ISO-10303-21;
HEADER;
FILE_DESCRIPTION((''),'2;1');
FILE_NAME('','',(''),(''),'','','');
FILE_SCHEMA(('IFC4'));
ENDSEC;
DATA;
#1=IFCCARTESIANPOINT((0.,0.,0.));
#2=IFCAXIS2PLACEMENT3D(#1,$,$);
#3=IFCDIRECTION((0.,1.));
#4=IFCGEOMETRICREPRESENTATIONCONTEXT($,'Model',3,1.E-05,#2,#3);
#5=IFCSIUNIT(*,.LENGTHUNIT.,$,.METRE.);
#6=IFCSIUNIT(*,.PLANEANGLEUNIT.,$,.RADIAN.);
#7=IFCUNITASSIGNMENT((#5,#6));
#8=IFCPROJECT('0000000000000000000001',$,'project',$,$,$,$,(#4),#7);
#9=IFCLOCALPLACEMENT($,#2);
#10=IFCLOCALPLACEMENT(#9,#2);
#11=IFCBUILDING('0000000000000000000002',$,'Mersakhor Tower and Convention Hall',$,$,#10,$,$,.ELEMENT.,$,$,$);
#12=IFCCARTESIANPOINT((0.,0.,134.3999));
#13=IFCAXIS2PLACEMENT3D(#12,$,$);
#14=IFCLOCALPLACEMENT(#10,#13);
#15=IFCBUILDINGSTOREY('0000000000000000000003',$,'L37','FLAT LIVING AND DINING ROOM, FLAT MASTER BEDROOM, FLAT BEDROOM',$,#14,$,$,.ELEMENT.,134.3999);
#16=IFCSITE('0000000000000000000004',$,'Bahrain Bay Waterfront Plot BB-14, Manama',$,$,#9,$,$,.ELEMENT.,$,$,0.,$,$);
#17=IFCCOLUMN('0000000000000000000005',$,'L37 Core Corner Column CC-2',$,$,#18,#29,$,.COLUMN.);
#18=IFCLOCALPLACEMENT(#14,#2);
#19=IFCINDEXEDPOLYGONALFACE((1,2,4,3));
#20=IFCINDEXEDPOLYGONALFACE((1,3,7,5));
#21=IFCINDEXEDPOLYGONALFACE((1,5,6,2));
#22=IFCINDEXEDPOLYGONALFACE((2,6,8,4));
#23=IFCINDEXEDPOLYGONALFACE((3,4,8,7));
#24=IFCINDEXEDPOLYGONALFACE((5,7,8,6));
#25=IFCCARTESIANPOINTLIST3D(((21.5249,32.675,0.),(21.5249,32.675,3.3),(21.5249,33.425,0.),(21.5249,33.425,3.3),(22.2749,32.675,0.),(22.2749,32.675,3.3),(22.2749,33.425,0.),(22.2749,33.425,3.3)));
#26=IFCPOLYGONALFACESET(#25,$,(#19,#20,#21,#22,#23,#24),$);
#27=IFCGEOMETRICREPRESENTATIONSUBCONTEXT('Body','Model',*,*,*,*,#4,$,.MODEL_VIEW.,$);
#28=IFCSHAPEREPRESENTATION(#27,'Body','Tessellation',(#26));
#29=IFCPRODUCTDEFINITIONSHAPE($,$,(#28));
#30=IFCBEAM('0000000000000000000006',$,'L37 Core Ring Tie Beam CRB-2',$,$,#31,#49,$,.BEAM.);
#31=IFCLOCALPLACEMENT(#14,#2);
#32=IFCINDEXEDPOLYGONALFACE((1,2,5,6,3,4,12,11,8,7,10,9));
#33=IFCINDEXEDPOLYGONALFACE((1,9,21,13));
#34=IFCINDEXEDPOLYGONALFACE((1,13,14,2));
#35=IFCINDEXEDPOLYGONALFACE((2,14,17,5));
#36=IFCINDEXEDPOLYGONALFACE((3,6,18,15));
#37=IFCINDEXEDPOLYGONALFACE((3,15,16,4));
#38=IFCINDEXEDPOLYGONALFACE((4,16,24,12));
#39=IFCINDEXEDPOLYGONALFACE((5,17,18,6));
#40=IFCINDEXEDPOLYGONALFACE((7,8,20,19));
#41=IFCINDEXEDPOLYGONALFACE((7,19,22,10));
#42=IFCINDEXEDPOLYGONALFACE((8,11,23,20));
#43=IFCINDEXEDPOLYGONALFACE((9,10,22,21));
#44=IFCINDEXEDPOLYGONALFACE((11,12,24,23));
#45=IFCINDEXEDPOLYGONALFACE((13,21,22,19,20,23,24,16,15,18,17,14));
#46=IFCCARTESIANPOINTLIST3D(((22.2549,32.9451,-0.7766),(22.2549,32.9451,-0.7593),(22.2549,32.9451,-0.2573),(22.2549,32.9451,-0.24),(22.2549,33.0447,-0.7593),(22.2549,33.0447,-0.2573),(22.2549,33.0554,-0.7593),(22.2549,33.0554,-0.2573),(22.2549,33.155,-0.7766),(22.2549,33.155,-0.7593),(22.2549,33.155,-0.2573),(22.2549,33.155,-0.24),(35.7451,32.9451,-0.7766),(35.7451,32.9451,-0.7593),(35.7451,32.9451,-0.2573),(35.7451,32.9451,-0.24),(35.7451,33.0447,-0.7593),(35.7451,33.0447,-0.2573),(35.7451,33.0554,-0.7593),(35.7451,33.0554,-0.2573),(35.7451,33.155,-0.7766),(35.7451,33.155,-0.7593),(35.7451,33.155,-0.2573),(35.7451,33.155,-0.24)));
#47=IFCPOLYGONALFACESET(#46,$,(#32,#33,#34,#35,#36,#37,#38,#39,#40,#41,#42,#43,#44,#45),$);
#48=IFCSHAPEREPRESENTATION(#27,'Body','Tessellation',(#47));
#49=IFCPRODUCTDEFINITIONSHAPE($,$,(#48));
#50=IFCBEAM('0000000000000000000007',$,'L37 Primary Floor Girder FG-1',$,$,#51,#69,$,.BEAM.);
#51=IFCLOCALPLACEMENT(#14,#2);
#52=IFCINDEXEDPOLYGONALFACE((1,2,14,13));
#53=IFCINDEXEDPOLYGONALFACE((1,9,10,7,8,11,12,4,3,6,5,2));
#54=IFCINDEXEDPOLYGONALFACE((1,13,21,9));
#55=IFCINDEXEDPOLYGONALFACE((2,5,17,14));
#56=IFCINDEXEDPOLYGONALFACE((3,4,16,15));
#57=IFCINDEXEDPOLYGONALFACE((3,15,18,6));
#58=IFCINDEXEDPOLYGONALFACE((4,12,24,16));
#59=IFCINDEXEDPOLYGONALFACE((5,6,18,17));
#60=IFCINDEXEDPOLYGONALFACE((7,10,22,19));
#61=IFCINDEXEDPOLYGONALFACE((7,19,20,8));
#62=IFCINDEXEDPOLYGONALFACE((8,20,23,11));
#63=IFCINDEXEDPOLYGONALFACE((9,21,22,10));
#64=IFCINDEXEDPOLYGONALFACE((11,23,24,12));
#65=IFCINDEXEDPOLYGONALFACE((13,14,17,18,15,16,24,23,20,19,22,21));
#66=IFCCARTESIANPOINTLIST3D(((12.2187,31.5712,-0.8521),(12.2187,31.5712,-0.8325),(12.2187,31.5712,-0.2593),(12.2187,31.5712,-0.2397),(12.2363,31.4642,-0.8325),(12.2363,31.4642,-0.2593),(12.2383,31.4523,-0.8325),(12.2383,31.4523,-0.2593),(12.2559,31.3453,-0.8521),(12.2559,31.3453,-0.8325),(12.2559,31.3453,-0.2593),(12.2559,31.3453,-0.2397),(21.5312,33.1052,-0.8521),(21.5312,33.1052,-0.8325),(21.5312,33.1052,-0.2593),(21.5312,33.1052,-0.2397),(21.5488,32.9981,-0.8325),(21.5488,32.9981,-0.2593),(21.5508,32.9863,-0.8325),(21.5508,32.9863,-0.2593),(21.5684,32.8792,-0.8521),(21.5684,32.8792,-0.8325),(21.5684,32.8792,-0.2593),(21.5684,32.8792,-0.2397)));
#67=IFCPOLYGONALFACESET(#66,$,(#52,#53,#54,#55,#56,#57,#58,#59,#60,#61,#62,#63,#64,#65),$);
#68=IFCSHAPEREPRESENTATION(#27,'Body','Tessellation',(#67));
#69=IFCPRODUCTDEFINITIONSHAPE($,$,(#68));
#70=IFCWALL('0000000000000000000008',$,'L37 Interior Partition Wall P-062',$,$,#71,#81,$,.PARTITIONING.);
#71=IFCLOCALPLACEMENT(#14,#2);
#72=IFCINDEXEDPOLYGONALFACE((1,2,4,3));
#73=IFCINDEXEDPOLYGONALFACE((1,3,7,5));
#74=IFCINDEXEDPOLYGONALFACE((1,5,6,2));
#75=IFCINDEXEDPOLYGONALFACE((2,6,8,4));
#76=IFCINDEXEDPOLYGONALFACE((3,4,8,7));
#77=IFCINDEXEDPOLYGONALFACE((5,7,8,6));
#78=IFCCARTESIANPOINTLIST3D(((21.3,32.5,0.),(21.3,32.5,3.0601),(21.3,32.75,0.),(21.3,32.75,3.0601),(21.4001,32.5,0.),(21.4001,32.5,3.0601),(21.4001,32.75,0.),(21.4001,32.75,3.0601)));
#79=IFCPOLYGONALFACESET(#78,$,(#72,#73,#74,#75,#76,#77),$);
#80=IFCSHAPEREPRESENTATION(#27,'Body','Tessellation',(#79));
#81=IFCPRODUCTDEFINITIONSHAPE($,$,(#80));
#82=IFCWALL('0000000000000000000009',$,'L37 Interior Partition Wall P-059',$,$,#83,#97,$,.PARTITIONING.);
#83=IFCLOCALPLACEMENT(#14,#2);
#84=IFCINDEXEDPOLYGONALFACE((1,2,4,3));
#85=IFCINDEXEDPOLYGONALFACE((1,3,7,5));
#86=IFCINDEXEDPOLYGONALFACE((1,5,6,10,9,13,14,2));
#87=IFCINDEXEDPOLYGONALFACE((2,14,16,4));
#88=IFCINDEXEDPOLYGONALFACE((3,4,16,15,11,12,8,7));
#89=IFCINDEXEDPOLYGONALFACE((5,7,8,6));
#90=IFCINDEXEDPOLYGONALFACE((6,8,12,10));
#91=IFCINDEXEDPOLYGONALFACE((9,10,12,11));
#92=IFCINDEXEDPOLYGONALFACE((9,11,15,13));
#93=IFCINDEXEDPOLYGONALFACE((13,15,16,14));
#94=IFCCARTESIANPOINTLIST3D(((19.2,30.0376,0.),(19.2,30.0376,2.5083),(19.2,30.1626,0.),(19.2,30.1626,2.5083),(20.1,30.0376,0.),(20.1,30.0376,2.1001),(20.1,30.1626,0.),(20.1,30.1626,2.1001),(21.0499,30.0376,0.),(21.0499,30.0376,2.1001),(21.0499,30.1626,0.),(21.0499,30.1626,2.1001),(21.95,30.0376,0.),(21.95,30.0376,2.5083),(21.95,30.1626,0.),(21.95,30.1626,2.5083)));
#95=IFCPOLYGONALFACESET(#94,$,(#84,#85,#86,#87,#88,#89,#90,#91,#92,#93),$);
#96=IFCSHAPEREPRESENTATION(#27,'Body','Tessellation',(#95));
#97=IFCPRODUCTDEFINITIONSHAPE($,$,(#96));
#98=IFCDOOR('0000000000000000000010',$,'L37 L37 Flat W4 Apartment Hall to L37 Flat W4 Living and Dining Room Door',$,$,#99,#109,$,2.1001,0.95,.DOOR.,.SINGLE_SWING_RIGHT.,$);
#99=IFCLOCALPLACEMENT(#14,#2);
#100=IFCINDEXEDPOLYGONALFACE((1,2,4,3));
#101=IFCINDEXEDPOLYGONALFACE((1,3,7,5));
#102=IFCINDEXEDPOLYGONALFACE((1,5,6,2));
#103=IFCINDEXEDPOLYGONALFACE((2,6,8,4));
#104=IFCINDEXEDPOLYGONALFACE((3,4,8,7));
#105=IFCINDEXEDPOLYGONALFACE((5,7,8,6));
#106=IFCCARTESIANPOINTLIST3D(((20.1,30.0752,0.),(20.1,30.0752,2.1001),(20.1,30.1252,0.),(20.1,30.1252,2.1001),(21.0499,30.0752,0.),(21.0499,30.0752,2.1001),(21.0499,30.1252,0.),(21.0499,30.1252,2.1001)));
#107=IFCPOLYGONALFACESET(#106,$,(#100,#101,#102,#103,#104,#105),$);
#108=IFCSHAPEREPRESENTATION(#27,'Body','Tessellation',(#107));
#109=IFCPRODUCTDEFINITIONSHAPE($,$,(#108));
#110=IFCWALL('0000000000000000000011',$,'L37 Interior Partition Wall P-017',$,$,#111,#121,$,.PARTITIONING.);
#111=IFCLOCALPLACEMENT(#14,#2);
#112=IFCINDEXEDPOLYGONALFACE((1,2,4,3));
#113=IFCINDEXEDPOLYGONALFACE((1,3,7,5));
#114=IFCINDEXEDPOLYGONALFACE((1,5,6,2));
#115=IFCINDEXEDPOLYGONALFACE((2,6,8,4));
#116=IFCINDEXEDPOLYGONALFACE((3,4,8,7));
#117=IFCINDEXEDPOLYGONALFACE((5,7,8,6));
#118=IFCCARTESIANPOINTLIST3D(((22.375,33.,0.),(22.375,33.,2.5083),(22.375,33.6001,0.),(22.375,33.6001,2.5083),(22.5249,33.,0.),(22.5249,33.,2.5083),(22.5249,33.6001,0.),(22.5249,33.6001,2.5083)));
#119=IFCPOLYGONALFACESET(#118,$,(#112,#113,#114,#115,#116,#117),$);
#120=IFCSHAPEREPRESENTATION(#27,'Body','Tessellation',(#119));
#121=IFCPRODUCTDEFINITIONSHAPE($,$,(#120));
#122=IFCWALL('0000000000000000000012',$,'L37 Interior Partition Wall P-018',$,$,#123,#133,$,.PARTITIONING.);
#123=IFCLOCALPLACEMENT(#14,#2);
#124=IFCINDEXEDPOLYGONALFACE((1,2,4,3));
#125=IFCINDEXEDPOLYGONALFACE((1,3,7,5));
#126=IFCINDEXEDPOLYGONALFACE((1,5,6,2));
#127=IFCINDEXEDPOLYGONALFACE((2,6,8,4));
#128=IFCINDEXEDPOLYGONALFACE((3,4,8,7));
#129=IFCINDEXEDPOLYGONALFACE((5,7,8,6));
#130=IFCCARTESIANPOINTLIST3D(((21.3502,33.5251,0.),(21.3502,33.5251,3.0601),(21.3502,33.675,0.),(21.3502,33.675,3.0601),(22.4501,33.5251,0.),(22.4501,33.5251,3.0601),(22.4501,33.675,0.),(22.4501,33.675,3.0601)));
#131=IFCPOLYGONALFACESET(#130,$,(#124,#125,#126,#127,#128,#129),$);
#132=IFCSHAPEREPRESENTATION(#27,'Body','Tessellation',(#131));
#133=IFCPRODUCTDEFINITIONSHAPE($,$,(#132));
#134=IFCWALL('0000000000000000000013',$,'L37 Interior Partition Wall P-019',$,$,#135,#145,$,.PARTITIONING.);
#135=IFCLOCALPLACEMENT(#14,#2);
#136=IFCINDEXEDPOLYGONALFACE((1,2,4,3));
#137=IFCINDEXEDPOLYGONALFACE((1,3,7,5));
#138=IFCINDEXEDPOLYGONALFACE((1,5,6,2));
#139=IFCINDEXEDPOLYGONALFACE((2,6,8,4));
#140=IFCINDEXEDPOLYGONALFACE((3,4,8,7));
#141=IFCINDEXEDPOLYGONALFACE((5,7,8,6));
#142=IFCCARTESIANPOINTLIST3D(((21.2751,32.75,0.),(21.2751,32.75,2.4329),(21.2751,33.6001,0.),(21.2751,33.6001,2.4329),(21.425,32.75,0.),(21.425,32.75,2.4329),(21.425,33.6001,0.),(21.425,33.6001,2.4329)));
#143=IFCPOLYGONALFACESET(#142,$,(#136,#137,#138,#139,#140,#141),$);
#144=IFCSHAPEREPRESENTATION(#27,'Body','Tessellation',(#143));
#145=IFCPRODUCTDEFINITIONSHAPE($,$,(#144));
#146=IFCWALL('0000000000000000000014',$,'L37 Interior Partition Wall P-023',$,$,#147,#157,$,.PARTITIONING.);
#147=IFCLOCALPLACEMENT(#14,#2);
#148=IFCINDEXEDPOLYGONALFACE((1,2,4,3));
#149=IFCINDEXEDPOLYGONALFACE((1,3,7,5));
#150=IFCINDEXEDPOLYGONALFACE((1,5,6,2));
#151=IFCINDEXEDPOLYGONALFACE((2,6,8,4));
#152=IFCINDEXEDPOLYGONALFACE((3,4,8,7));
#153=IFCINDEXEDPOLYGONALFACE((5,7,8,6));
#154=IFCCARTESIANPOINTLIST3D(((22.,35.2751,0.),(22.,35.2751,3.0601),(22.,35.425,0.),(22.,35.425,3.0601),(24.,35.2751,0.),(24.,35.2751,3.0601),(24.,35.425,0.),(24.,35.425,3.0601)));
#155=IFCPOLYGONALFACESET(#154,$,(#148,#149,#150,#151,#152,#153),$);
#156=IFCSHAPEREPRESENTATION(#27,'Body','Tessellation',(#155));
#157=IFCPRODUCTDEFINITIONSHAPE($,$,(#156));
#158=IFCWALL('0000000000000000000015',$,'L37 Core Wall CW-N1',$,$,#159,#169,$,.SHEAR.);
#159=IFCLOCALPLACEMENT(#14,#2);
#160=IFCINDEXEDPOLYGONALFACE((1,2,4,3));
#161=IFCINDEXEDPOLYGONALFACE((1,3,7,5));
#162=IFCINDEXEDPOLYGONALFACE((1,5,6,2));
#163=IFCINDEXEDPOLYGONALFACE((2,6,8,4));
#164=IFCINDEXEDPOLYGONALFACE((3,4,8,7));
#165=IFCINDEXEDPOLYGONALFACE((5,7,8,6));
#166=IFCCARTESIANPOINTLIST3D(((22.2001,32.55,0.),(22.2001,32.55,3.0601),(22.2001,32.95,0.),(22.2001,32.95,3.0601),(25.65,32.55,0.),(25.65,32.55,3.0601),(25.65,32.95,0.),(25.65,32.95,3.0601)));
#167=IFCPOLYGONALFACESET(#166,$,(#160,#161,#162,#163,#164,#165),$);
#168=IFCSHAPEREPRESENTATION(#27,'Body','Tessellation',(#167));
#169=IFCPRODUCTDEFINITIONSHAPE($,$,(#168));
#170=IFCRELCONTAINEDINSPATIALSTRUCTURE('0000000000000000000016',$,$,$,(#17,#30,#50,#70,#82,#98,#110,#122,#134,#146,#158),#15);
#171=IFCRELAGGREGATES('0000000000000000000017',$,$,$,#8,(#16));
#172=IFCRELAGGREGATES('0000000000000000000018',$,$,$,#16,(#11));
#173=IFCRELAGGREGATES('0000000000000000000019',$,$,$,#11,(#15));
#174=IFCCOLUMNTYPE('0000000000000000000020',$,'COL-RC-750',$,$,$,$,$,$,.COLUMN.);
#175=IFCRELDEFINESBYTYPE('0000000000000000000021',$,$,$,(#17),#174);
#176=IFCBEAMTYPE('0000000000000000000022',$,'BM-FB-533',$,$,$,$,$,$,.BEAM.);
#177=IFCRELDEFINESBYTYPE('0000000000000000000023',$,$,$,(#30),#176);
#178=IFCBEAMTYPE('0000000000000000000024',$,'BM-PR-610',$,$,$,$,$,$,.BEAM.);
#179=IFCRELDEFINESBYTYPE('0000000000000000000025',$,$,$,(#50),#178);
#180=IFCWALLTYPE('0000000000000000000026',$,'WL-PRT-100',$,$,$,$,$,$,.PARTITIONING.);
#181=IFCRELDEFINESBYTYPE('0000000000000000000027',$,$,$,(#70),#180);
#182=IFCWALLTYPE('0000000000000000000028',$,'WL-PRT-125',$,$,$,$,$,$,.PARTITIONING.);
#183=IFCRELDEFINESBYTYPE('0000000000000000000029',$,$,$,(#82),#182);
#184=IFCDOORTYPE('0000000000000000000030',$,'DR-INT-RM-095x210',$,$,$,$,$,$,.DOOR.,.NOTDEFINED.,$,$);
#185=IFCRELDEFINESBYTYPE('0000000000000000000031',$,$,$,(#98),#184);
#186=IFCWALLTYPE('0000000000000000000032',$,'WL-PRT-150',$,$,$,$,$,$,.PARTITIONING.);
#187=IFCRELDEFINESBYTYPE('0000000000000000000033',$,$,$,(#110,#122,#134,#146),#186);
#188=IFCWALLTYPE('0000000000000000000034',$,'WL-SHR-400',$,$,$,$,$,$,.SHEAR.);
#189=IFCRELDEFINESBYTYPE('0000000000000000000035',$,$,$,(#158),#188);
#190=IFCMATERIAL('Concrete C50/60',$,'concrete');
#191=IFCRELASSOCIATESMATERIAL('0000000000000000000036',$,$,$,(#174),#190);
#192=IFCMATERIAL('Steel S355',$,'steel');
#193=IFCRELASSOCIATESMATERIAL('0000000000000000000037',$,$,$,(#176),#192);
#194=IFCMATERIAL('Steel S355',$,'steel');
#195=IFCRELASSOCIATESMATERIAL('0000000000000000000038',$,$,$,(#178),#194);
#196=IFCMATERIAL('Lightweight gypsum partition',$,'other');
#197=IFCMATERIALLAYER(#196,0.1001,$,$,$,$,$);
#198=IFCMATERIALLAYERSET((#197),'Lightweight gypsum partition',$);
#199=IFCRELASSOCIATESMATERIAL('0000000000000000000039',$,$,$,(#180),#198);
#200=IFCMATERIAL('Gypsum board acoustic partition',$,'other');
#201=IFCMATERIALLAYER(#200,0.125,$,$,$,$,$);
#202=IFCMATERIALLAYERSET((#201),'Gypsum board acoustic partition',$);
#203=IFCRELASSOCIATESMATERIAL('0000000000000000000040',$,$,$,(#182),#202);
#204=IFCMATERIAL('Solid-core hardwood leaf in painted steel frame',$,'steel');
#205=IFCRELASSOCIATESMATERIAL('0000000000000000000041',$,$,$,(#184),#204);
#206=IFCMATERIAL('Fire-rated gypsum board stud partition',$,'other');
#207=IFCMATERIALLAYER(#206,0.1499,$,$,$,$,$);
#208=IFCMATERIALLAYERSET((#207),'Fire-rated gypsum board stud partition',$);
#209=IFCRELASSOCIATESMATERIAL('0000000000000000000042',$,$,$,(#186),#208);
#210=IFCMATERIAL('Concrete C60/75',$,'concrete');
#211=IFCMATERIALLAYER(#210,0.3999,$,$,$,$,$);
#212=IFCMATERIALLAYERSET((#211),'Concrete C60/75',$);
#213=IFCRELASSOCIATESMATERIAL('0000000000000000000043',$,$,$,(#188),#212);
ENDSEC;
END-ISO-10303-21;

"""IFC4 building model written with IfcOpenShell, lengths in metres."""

from ifc_helpers import new_model, si_unit, direction, frame, frame_2d, origin, origin_2d, place, context, subcontext, project, spatial, rectangle, i_section, extrude, material, layer, layer_set, material_profile, profile_set, type_object, element, fill, save


model = new_model("IFC4")

# Units and contexts
model_context = context("Model", 3, precision=1e-05, world=origin(), true_north=direction((0.0, 1.0)))
body_context = subcontext(model_context, "Body", "Model", "MODEL_VIEW")
ifc_project = project(units=[si_unit("LENGTHUNIT", "METRE"), si_unit("PLANEANGLEUNIT", "RADIAN")], contexts=[model_context])

# Site, building, storey
site_placement = place(None, origin())
site = spatial("IfcSite", under=ifc_project, at=site_placement, Name="Bahrain Bay Waterfront Plot BB-14, Manama", CompositionType="ELEMENT", RefElevation=0.0)
building_placement = place(site_placement, origin())
building = spatial("IfcBuilding", under=site, at=building_placement, Name="Mersakhor Tower and Convention Hall", CompositionType="ELEMENT")
storey_placement = place(building_placement, frame((0.0, 0.0, 134.3999)))
storey = spatial("IfcBuildingStorey", under=building, at=storey_placement, Name="L37", Description="FLAT LIVING AND DINING ROOM, FLAT MASTER BEDROOM, FLAT BEDROOM", CompositionType="ELEMENT", Elevation=134.3999)

# Column
ifc_material_1 = material(Name="Concrete C50/60", Category="concrete")
ifc_material_profile_1 = material_profile(ifc_material_1, rectangle(XDim=0.75, YDim=0.75, at=origin_2d()), Name="RC 750x750")
ifc_profile_set_1 = profile_set([ifc_material_profile_1], Name="Concrete C50/60")
column_type = type_object("IfcColumnType", Name="COL-RC-750", PredefinedType="COLUMN", material=ifc_profile_set_1)
column_placement = place(storey_placement, frame((21.8999, 33.05, 0.0), z_axis=(0.0, 0.0, 1.0), x_axis=(1.0, 0.0, 0.0)))
element("IfcColumn", 1, at=column_placement, inside=storey, type_object=column_type, Name="L37 Core Corner Column CC-2", PredefinedType="COLUMN", context=body_context, shape_type="SweptSolid", body=[
    extrude(rectangle(XDim=0.75, YDim=0.75, at=origin_2d()), origin(), (0.0, 0.0, 1.0), 3.3),
])

# Beams
ifc_material_2 = material(Name="Steel S355", Category="steel")
ifc_material_profile_2 = material_profile(ifc_material_2, i_section(OverallWidth=0.21, OverallDepth=0.5366, WebThickness=0.0107, FlangeThickness=0.0173, at=origin_2d()), Name="UB 533x210x101")
ifc_profile_set_2 = profile_set([ifc_material_profile_2], Name="Steel S355")
beam_type_1 = type_object("IfcBeamType", Name="BM-FB-533", PredefinedType="BEAM", material=ifc_profile_set_2)
beam_1_placement = place(storey_placement, frame((22.2549, 33.05, -0.5083), z_axis=(1.0, 0.0, 0.0), x_axis=(0.0, 1.0, 0.0)))
element("IfcBeam", 2, at=beam_1_placement, inside=storey, type_object=beam_type_1, Name="L37 Core Ring Tie Beam CRB-2", PredefinedType="BEAM", context=body_context, shape_type="SweptSolid", body=[
    extrude(i_section(OverallWidth=0.21, OverallDepth=0.5366, WebThickness=0.0107, FlangeThickness=0.0173, at=origin_2d()), origin(), (0.0, 0.0, 1.0), 13.4902),
])
ifc_material_3 = material(Name="Steel S355", Category="steel")
ifc_material_profile_3 = material_profile(ifc_material_3, i_section(OverallWidth=0.229, OverallDepth=0.6123, WebThickness=0.012, FlangeThickness=0.0195, at=origin_2d()), Name="UB 610x229x125")
ifc_profile_set_3 = profile_set([ifc_material_profile_3], Name="Steel S355")
beam_type_2 = type_object("IfcBeamType", Name="BM-PR-610", PredefinedType="BEAM", material=ifc_profile_set_3)
beam_2_placement = place(storey_placement, frame((21.5498, 32.9922, -0.5459), z_axis=(-0.986704, -0.162528, 0.0), x_axis=(0.162528, -0.986704, 0.0)))
element("IfcBeam", 3, at=beam_2_placement, inside=storey, type_object=beam_type_2, Name="L37 Primary Floor Girder FG-1", PredefinedType="BEAM", context=body_context, shape_type="SweptSolid", body=[
    extrude(i_section(OverallWidth=0.229, OverallDepth=0.6123, WebThickness=0.012, FlangeThickness=0.0195, at=origin_2d()), origin(), (0.0, 0.0, 1.0), 9.438),
])

# Wall
ifc_material_4 = material(Name="Lightweight gypsum partition", Category="other")
ifc_layer_1 = layer(ifc_material_4, 0.1001)
ifc_layer_set_1 = layer_set([ifc_layer_1], Name="Lightweight gypsum partition")
wall_type_1 = type_object("IfcWallType", Name="WL-PRT-100", PredefinedType="PARTITIONING", material=ifc_layer_set_1)
wall_1_placement = place(storey_placement, frame((21.3501, 32.75, 0.0), z_axis=(0.0, 0.0, 1.0), x_axis=(0.0, -1.0, 0.0)))
element("IfcWall", 4, at=wall_1_placement, inside=storey, type_object=wall_type_1, Name="L37 Interior Partition Wall P-062", PredefinedType="PARTITIONING", context=body_context, shape_type="SweptSolid", body=[
    extrude(rectangle(XDim=0.25, YDim=0.1001, at=frame_2d((0.125, 0.0))), origin(), (0.0, 0.0, 1.0), 3.0601),
])

# Wall, opening, door
ifc_material_5 = material(Name="Gypsum board acoustic partition", Category="other")
ifc_layer_2 = layer(ifc_material_5, 0.125)
ifc_layer_set_2 = layer_set([ifc_layer_2], Name="Gypsum board acoustic partition")
wall_type_2 = type_object("IfcWallType", Name="WL-PRT-125", PredefinedType="PARTITIONING", material=ifc_layer_set_2)
wall_2_placement = place(storey_placement, frame((21.95, 30.1001, 0.0), z_axis=(0.0, 0.0, 1.0), x_axis=(-1.0, 0.0, 0.0)))
wall_2 = element("IfcWall", 5, at=wall_2_placement, inside=storey, type_object=wall_type_2, Name="L37 Interior Partition Wall P-059", PredefinedType="PARTITIONING", context=body_context, shape_type="SweptSolid", body=[
    extrude(rectangle(XDim=2.75, YDim=0.125, at=frame_2d((1.375, 0.0))), origin(), (0.0, 0.0, 1.0), 2.5083),
])
opening_1_placement = place(wall_2_placement, frame((0.8999, 0.0, 0.0)))
opening_1 = element("IfcOpeningElement", 6, at=opening_1_placement, cuts=wall_2, PredefinedType="OPENING", context=body_context, shape_type="SweptSolid", body=[
    extrude(rectangle(XDim=0.95, YDim=2.1001, at=frame_2d((0.4751, 1.05))), frame((0.0, 0.0725, 0.0), z_axis=(0.0, -1.0, 0.0), x_axis=(1.0, 0.0, 0.0)), (0.0, 0.0, 1.0), 0.145),
])
ifc_material_6 = material(Name="Solid-core hardwood leaf in painted steel frame", Category="steel")
door_type_1 = type_object("IfcDoorType", Name="DR-INT-RM-095x210", OperationType="NOTDEFINED", PredefinedType="DOOR", material=ifc_material_6)
door_1_placement = place(opening_1_placement, origin())
door_1 = element("IfcDoor", 7, at=door_1_placement, inside=storey, type_object=door_type_1, Name="L37 L37 Flat W4 Apartment Hall to L37 Flat W4 Living and Dining Room Door", OperationType="SINGLE_SWING_RIGHT", OverallHeight=2.1001, OverallWidth=0.95, PredefinedType="DOOR", context=body_context, shape_type="SweptSolid", body=[
    extrude(rectangle(XDim=0.95, YDim=2.1001, at=frame_2d((0.4751, 1.05))), frame((0.0, 0.0249, 0.0), z_axis=(0.0, -1.0, 0.0), x_axis=(1.0, 0.0, 0.0)), (0.0, 0.0, 1.0), 0.05),
])
fill(opening_1, door_1)

# Walls
ifc_material_7 = material(Name="Fire-rated gypsum board stud partition", Category="other")
ifc_layer_3 = layer(ifc_material_7, 0.1499)
ifc_layer_set_3 = layer_set([ifc_layer_3], Name="Fire-rated gypsum board stud partition")
wall_type_3 = type_object("IfcWallType", Name="WL-PRT-150", PredefinedType="PARTITIONING", material=ifc_layer_set_3)
wall_3_placement = place(storey_placement, frame((22.45, 33.0, 0.0), z_axis=(0.0, 0.0, 1.0), x_axis=(0.0, 1.0, 0.0)))
element("IfcWall", 8, at=wall_3_placement, inside=storey, type_object=wall_type_3, Name="L37 Interior Partition Wall P-017", PredefinedType="PARTITIONING", context=body_context, shape_type="SweptSolid", body=[
    extrude(rectangle(XDim=0.6001, YDim=0.1499, at=frame_2d((0.3, 0.0))), origin(), (0.0, 0.0, 1.0), 2.5083),
])
wall_4_placement = place(storey_placement, frame((22.45, 33.6001, 0.0), z_axis=(0.0, 0.0, 1.0), x_axis=(-1.0, 0.0, 0.0)))
element("IfcWall", 9, at=wall_4_placement, inside=storey, type_object=wall_type_3, Name="L37 Interior Partition Wall P-018", PredefinedType="PARTITIONING", context=body_context, shape_type="SweptSolid", body=[
    extrude(rectangle(XDim=1.0999, YDim=0.1499, at=frame_2d((0.5498, 0.0))), origin(), (0.0, 0.0, 1.0), 3.0601),
])
wall_5_placement = place(storey_placement, frame((21.3501, 33.6001, 0.0), z_axis=(0.0, 0.0, 1.0), x_axis=(0.0, -1.0, 0.0)))
element("IfcWall", 10, at=wall_5_placement, inside=storey, type_object=wall_type_3, Name="L37 Interior Partition Wall P-019", PredefinedType="PARTITIONING", context=body_context, shape_type="SweptSolid", body=[
    extrude(rectangle(XDim=0.8501, YDim=0.1499, at=frame_2d((0.425, 0.0))), origin(), (0.0, 0.0, 1.0), 2.4329),
])
wall_6_placement = place(storey_placement, frame((22.0, 35.3501, 0.0), z_axis=(0.0, 0.0, 1.0), x_axis=(1.0, 0.0, 0.0)))
element("IfcWall", 11, at=wall_6_placement, inside=storey, type_object=wall_type_3, Name="L37 Interior Partition Wall P-023", PredefinedType="PARTITIONING", context=body_context, shape_type="SweptSolid", body=[
    extrude(rectangle(XDim=2.0, YDim=0.1499, at=frame_2d((1.0, 0.0))), origin(), (0.0, 0.0, 1.0), 3.0601),
])
ifc_material_8 = material(Name="Concrete C60/75", Category="concrete")
ifc_layer_4 = layer(ifc_material_8, 0.3999)
ifc_layer_set_4 = layer_set([ifc_layer_4], Name="Concrete C60/75")
wall_type_4 = type_object("IfcWallType", Name="WL-SHR-400", PredefinedType="SHEAR", material=ifc_layer_set_4)
wall_7_placement = place(storey_placement, frame((22.2, 32.75, 0.0), z_axis=(0.0, 0.0, 1.0), x_axis=(1.0, 0.0, 0.0)))
element("IfcWall", 12, at=wall_7_placement, inside=storey, type_object=wall_type_4, Name="L37 Core Wall CW-N1", PredefinedType="SHEAR", context=body_context, shape_type="SweptSolid", body=[
    extrude(rectangle(XDim=3.45, YDim=0.3999, at=frame_2d((1.7251, 0.0))), origin(), (0.0, 0.0, 1.0), 3.0601),
])

save(model, "model.ifc")
